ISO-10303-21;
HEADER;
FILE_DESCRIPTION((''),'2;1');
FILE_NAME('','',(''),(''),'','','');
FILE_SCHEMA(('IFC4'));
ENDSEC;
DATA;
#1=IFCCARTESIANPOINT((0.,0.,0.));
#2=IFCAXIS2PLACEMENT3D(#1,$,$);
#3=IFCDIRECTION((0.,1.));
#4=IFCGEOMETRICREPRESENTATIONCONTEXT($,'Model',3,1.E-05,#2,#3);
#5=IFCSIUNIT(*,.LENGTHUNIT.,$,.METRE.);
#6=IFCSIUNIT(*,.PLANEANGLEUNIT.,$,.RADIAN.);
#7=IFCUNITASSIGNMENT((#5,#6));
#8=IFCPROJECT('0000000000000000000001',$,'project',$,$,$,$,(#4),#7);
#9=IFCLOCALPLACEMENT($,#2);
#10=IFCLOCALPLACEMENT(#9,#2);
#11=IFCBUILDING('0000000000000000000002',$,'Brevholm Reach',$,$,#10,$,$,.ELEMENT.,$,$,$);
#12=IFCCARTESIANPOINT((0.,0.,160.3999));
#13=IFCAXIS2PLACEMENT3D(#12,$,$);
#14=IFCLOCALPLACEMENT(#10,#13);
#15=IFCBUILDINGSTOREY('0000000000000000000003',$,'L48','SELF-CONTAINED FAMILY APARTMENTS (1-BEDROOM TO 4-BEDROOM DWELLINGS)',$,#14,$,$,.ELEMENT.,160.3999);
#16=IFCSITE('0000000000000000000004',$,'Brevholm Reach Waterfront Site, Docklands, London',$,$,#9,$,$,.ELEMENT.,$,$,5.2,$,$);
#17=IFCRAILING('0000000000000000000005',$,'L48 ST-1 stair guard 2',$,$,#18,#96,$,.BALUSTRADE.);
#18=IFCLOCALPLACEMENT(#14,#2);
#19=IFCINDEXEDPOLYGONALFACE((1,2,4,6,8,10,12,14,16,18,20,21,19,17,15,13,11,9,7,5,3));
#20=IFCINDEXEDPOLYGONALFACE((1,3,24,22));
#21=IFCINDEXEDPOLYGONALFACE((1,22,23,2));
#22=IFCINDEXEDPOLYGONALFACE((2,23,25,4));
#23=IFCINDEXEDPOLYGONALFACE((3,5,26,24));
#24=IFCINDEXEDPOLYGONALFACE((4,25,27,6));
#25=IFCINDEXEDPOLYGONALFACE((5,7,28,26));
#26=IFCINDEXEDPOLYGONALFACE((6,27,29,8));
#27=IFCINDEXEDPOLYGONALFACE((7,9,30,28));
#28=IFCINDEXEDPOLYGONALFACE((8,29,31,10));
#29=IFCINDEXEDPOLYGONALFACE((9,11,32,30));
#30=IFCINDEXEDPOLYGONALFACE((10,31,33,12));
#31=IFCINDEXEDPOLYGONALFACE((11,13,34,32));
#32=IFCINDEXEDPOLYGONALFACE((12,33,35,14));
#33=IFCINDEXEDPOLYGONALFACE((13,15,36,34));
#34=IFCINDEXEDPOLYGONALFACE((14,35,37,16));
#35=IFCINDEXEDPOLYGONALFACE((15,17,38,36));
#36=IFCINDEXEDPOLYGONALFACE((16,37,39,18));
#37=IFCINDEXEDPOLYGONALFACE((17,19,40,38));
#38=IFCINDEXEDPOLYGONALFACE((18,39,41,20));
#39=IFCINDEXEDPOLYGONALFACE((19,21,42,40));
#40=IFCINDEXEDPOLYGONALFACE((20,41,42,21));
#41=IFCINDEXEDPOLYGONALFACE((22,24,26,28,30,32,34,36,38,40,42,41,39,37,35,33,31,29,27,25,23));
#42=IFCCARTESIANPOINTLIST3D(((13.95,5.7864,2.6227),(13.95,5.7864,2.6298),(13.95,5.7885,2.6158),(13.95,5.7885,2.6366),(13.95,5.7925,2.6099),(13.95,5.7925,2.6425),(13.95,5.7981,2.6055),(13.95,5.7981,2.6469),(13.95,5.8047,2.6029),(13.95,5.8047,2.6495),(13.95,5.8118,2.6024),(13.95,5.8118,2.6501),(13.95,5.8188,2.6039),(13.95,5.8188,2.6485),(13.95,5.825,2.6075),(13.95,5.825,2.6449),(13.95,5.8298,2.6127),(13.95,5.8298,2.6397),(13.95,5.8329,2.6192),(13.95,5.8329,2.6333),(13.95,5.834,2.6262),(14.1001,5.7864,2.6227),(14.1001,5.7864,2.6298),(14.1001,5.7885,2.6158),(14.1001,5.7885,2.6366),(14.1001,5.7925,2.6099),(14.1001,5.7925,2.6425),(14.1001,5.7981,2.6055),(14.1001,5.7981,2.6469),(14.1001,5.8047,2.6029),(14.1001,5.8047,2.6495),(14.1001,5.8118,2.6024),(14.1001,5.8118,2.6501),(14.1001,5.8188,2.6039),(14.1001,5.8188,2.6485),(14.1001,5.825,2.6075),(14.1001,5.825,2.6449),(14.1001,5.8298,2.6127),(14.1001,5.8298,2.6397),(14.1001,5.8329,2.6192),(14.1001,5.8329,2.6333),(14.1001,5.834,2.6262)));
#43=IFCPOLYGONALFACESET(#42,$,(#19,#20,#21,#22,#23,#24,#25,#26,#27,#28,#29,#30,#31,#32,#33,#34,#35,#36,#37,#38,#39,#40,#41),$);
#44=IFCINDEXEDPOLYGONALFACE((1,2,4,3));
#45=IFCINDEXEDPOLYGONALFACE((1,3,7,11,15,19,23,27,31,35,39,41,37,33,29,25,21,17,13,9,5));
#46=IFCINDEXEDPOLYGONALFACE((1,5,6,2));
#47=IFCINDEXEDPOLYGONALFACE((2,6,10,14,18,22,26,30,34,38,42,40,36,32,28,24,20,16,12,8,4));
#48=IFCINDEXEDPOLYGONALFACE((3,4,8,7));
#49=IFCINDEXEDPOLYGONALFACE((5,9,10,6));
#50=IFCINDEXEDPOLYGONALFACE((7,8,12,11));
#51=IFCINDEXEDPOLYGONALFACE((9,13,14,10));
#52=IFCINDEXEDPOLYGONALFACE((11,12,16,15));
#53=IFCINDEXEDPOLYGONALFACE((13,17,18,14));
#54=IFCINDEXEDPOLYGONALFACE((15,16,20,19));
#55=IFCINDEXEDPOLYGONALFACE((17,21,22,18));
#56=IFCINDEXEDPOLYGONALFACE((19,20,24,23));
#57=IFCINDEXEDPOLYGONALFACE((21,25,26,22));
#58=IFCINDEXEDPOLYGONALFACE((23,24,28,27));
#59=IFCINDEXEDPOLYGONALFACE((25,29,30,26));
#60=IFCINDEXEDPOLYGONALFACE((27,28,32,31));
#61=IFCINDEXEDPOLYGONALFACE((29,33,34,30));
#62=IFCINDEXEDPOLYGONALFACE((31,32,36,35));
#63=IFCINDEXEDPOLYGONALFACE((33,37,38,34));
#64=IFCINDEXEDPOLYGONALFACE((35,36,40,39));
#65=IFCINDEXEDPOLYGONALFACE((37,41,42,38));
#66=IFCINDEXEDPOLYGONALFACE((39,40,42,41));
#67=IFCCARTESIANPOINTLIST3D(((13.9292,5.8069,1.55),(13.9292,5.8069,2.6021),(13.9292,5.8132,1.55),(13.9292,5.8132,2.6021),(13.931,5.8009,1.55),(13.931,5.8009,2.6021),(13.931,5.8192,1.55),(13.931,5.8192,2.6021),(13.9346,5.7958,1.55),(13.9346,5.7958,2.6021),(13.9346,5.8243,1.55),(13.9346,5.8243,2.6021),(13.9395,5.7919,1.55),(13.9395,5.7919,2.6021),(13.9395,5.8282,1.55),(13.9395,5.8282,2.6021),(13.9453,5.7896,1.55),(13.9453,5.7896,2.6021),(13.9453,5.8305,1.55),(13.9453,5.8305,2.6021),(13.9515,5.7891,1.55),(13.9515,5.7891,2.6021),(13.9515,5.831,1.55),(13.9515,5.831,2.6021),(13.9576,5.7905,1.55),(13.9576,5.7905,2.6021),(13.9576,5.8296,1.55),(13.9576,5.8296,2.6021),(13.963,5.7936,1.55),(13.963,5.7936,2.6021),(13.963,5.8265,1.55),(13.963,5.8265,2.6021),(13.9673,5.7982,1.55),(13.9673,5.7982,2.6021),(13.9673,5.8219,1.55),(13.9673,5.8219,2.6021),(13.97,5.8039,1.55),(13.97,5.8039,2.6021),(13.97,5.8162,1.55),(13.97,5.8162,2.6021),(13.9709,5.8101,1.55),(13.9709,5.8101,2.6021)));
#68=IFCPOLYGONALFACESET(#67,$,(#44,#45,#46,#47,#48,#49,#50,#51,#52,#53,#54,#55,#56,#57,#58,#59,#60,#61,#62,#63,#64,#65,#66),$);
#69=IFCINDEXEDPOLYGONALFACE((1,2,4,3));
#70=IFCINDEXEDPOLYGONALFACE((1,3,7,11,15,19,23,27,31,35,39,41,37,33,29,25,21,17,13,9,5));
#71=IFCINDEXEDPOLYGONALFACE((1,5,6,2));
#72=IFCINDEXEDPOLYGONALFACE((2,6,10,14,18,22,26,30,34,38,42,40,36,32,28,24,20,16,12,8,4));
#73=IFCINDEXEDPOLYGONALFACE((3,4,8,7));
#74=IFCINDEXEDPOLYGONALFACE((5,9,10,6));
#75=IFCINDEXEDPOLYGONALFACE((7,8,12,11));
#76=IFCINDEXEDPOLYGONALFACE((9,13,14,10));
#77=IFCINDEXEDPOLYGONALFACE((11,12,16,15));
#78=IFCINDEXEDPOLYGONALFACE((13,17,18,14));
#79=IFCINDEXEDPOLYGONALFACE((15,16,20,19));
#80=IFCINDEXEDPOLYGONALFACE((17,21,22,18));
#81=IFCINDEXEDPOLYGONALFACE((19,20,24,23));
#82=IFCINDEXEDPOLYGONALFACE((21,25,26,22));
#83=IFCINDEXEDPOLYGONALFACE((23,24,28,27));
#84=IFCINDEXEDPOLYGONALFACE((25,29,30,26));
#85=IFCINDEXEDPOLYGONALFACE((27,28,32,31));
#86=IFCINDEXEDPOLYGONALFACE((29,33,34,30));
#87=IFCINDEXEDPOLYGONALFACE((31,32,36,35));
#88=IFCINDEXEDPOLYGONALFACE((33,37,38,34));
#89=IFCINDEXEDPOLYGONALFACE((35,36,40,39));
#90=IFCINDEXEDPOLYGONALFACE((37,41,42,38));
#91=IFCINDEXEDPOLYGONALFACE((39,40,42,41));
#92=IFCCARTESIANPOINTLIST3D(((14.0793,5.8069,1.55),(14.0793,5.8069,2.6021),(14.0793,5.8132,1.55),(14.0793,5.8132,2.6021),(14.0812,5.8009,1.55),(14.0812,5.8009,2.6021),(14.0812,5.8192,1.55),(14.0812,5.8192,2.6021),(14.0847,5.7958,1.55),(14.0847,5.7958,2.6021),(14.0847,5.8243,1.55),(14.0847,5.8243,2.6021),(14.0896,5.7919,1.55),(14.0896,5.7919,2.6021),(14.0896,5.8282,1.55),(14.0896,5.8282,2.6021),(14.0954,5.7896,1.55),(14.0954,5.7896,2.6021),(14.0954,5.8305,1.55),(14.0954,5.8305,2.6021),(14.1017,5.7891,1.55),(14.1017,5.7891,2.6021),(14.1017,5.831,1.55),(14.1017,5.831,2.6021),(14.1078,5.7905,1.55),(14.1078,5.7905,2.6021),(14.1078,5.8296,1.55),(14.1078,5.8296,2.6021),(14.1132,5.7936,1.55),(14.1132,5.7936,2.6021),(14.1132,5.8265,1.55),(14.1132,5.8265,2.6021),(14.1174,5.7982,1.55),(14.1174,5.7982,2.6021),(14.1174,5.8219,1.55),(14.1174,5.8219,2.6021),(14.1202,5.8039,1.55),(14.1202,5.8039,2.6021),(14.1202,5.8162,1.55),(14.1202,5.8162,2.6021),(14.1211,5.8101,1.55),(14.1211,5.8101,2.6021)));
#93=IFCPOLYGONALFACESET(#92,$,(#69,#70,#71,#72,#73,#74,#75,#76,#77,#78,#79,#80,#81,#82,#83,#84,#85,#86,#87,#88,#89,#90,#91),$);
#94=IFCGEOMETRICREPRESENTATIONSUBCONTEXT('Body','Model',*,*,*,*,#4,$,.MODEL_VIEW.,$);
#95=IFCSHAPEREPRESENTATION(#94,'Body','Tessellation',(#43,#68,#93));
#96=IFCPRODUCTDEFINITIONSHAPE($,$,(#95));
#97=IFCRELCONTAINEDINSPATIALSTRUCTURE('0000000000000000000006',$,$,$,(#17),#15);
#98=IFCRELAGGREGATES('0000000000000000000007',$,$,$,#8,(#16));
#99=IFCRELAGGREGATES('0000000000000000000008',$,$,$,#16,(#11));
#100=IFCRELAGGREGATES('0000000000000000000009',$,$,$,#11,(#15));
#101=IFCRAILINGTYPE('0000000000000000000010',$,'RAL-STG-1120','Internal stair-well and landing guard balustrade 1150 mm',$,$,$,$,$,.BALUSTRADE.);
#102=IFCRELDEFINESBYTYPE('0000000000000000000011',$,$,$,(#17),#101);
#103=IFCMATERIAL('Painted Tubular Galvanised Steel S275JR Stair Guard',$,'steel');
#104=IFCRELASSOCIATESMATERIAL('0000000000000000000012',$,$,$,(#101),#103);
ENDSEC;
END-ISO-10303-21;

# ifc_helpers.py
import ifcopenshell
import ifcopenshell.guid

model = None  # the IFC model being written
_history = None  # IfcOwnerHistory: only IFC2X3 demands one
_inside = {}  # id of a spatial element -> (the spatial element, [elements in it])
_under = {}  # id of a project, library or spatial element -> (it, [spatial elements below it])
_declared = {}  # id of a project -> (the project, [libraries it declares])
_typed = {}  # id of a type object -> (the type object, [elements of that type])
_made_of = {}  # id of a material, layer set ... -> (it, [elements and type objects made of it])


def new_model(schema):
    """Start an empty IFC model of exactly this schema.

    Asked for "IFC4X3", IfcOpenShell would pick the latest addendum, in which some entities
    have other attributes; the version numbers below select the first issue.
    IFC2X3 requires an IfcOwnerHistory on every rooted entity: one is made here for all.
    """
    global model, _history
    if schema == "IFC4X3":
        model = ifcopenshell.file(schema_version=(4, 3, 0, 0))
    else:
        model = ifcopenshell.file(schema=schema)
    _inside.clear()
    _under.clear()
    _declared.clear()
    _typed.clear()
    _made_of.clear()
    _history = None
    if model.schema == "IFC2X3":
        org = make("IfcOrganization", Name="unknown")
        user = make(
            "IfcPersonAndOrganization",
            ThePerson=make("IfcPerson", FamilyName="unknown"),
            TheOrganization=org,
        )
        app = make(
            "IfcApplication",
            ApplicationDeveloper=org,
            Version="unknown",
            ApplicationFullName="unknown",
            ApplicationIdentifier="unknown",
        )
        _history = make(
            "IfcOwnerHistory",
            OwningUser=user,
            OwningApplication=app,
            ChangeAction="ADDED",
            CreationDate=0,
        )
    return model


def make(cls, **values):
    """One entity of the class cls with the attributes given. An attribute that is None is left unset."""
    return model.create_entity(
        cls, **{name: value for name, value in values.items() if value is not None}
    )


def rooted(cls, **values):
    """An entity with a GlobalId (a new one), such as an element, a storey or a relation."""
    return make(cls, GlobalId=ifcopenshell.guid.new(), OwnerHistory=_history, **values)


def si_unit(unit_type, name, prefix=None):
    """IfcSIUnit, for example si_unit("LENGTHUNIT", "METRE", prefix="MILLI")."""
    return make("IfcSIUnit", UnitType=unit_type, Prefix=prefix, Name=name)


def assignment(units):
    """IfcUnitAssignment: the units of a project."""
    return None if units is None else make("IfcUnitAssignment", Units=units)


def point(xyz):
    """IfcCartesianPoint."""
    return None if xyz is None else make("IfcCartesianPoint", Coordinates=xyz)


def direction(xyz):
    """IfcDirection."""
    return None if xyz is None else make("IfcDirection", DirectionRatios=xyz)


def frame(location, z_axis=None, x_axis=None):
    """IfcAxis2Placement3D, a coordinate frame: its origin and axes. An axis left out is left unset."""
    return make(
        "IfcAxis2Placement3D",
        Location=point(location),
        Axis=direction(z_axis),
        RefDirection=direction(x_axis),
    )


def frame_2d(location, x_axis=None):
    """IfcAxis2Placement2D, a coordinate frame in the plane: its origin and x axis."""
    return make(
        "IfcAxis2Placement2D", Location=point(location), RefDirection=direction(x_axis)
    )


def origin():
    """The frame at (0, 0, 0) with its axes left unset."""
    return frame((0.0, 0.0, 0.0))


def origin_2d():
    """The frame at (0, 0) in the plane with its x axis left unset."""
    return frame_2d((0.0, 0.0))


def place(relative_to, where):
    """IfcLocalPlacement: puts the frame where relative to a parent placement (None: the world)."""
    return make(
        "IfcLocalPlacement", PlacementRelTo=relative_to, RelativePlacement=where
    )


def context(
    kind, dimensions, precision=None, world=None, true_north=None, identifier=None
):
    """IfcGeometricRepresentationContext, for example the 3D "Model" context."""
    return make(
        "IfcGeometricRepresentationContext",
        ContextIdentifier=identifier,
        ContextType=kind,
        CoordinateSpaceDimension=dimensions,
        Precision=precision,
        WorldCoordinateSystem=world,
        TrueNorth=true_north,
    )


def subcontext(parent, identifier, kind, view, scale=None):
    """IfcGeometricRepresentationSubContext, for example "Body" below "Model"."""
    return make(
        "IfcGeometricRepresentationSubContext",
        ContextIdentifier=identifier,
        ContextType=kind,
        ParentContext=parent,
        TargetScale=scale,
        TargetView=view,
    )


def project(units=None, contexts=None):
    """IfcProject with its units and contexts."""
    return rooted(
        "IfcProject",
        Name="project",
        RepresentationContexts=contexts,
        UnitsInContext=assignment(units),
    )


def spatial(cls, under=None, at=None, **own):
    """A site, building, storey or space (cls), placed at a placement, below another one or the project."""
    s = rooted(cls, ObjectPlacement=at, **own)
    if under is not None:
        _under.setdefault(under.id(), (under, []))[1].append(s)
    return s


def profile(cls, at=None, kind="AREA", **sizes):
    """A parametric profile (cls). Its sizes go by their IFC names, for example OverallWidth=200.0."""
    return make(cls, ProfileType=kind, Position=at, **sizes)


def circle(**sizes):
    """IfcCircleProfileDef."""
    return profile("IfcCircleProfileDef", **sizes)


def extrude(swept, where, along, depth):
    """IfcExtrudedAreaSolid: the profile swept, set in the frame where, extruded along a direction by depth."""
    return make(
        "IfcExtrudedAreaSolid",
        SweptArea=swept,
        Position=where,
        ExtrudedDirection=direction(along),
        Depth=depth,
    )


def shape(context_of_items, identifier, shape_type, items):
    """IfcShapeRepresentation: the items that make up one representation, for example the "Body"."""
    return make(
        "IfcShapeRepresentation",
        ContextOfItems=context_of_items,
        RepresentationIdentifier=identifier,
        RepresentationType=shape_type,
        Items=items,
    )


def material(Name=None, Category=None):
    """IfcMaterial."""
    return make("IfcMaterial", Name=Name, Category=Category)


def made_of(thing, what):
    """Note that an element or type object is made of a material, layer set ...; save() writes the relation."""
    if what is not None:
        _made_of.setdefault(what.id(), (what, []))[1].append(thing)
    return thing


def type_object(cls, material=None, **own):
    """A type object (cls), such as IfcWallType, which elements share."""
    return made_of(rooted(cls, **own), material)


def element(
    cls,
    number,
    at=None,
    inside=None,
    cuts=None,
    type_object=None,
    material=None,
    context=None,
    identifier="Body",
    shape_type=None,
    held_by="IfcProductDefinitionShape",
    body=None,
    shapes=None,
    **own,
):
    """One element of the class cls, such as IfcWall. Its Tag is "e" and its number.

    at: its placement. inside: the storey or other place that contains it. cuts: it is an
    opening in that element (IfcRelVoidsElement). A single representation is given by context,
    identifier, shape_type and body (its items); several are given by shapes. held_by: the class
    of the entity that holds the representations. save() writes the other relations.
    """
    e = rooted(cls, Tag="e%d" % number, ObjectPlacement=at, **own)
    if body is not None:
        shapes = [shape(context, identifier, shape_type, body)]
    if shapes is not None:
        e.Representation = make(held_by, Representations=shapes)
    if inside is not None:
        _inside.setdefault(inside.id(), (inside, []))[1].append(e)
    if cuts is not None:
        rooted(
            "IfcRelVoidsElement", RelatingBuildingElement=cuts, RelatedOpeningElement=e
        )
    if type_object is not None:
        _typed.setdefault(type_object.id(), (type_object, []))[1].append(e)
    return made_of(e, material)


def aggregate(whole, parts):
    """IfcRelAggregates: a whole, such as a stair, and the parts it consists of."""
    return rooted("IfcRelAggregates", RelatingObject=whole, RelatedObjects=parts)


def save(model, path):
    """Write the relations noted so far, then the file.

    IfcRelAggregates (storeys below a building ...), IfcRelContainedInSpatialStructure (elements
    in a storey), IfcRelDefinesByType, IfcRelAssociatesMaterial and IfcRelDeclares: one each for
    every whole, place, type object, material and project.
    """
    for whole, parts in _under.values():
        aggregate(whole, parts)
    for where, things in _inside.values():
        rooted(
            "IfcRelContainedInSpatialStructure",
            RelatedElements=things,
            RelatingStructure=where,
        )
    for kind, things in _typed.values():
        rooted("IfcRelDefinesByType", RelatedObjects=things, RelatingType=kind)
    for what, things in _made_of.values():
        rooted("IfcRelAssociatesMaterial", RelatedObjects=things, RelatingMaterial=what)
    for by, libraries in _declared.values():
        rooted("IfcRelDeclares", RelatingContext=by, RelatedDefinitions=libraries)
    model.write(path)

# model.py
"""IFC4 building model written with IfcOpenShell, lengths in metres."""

from ifc_helpers import new_model, si_unit, direction, frame, origin, origin_2d, place, context, subcontext, project, spatial, circle, extrude, material, type_object, element, save


model = new_model("IFC4")

# Units and contexts
model_context = context("Model", 3, precision=1e-05, world=origin(), true_north=direction((0.0, 1.0)))
body_context = subcontext(model_context, "Body", "Model", "MODEL_VIEW")
ifc_project = project(units=[si_unit("LENGTHUNIT", "METRE"), si_unit("PLANEANGLEUNIT", "RADIAN")], contexts=[model_context])

# Site, building, storey
site_placement = place(None, origin())
site = spatial("IfcSite", under=ifc_project, at=site_placement, Name="Brevholm Reach Waterfront Site, Docklands, London", CompositionType="ELEMENT", RefElevation=5.2)
building_placement = place(site_placement, origin())
building = spatial("IfcBuilding", under=site, at=building_placement, Name="Brevholm Reach", CompositionType="ELEMENT")
storey_placement = place(building_placement, frame((0.0, 0.0, 160.3999)))
storey = spatial("IfcBuildingStorey", under=building, at=storey_placement, Name="L48", Description="SELF-CONTAINED FAMILY APARTMENTS (1-BEDROOM TO 4-BEDROOM DWELLINGS)", CompositionType="ELEMENT", Elevation=160.3999)

# Railing
ifc_material_1 = material(Name="Painted Tubular Galvanised Steel S275JR Stair Guard", Category="steel")
railing_type_1 = type_object("IfcRailingType", Name="RAL-STG-1120", Description="Internal stair-well and landing guard balustrade 1150 mm", PredefinedType="BALUSTRADE", material=ifc_material_1)
railing_1_placement = place(storey_placement, frame((13.95, 5.8101, 1.55)))
element("IfcRailing", 1, at=railing_1_placement, inside=storey, type_object=railing_type_1, Name="L48 ST-1 stair guard 2", PredefinedType="BALUSTRADE", context=body_context, shape_type="SweptSolid", body=[
    extrude(circle(Radius=0.0239, at=origin_2d()), frame((0.0, 0.0, 1.0762), z_axis=(1.0, 0.0, 0.0), x_axis=(0.0, 1.0, 0.0)), (0.0, 0.0, 1.0), 0.1501),
    extrude(circle(Radius=0.021, at=origin_2d()), origin(), (0.0, 0.0, 1.0), 1.052),
    extrude(circle(Radius=0.021, at=origin_2d()), frame((0.1501, 0.0, 0.0)), (0.0, 0.0, 1.0), 1.052),
])

save(model, "model.ifc")
